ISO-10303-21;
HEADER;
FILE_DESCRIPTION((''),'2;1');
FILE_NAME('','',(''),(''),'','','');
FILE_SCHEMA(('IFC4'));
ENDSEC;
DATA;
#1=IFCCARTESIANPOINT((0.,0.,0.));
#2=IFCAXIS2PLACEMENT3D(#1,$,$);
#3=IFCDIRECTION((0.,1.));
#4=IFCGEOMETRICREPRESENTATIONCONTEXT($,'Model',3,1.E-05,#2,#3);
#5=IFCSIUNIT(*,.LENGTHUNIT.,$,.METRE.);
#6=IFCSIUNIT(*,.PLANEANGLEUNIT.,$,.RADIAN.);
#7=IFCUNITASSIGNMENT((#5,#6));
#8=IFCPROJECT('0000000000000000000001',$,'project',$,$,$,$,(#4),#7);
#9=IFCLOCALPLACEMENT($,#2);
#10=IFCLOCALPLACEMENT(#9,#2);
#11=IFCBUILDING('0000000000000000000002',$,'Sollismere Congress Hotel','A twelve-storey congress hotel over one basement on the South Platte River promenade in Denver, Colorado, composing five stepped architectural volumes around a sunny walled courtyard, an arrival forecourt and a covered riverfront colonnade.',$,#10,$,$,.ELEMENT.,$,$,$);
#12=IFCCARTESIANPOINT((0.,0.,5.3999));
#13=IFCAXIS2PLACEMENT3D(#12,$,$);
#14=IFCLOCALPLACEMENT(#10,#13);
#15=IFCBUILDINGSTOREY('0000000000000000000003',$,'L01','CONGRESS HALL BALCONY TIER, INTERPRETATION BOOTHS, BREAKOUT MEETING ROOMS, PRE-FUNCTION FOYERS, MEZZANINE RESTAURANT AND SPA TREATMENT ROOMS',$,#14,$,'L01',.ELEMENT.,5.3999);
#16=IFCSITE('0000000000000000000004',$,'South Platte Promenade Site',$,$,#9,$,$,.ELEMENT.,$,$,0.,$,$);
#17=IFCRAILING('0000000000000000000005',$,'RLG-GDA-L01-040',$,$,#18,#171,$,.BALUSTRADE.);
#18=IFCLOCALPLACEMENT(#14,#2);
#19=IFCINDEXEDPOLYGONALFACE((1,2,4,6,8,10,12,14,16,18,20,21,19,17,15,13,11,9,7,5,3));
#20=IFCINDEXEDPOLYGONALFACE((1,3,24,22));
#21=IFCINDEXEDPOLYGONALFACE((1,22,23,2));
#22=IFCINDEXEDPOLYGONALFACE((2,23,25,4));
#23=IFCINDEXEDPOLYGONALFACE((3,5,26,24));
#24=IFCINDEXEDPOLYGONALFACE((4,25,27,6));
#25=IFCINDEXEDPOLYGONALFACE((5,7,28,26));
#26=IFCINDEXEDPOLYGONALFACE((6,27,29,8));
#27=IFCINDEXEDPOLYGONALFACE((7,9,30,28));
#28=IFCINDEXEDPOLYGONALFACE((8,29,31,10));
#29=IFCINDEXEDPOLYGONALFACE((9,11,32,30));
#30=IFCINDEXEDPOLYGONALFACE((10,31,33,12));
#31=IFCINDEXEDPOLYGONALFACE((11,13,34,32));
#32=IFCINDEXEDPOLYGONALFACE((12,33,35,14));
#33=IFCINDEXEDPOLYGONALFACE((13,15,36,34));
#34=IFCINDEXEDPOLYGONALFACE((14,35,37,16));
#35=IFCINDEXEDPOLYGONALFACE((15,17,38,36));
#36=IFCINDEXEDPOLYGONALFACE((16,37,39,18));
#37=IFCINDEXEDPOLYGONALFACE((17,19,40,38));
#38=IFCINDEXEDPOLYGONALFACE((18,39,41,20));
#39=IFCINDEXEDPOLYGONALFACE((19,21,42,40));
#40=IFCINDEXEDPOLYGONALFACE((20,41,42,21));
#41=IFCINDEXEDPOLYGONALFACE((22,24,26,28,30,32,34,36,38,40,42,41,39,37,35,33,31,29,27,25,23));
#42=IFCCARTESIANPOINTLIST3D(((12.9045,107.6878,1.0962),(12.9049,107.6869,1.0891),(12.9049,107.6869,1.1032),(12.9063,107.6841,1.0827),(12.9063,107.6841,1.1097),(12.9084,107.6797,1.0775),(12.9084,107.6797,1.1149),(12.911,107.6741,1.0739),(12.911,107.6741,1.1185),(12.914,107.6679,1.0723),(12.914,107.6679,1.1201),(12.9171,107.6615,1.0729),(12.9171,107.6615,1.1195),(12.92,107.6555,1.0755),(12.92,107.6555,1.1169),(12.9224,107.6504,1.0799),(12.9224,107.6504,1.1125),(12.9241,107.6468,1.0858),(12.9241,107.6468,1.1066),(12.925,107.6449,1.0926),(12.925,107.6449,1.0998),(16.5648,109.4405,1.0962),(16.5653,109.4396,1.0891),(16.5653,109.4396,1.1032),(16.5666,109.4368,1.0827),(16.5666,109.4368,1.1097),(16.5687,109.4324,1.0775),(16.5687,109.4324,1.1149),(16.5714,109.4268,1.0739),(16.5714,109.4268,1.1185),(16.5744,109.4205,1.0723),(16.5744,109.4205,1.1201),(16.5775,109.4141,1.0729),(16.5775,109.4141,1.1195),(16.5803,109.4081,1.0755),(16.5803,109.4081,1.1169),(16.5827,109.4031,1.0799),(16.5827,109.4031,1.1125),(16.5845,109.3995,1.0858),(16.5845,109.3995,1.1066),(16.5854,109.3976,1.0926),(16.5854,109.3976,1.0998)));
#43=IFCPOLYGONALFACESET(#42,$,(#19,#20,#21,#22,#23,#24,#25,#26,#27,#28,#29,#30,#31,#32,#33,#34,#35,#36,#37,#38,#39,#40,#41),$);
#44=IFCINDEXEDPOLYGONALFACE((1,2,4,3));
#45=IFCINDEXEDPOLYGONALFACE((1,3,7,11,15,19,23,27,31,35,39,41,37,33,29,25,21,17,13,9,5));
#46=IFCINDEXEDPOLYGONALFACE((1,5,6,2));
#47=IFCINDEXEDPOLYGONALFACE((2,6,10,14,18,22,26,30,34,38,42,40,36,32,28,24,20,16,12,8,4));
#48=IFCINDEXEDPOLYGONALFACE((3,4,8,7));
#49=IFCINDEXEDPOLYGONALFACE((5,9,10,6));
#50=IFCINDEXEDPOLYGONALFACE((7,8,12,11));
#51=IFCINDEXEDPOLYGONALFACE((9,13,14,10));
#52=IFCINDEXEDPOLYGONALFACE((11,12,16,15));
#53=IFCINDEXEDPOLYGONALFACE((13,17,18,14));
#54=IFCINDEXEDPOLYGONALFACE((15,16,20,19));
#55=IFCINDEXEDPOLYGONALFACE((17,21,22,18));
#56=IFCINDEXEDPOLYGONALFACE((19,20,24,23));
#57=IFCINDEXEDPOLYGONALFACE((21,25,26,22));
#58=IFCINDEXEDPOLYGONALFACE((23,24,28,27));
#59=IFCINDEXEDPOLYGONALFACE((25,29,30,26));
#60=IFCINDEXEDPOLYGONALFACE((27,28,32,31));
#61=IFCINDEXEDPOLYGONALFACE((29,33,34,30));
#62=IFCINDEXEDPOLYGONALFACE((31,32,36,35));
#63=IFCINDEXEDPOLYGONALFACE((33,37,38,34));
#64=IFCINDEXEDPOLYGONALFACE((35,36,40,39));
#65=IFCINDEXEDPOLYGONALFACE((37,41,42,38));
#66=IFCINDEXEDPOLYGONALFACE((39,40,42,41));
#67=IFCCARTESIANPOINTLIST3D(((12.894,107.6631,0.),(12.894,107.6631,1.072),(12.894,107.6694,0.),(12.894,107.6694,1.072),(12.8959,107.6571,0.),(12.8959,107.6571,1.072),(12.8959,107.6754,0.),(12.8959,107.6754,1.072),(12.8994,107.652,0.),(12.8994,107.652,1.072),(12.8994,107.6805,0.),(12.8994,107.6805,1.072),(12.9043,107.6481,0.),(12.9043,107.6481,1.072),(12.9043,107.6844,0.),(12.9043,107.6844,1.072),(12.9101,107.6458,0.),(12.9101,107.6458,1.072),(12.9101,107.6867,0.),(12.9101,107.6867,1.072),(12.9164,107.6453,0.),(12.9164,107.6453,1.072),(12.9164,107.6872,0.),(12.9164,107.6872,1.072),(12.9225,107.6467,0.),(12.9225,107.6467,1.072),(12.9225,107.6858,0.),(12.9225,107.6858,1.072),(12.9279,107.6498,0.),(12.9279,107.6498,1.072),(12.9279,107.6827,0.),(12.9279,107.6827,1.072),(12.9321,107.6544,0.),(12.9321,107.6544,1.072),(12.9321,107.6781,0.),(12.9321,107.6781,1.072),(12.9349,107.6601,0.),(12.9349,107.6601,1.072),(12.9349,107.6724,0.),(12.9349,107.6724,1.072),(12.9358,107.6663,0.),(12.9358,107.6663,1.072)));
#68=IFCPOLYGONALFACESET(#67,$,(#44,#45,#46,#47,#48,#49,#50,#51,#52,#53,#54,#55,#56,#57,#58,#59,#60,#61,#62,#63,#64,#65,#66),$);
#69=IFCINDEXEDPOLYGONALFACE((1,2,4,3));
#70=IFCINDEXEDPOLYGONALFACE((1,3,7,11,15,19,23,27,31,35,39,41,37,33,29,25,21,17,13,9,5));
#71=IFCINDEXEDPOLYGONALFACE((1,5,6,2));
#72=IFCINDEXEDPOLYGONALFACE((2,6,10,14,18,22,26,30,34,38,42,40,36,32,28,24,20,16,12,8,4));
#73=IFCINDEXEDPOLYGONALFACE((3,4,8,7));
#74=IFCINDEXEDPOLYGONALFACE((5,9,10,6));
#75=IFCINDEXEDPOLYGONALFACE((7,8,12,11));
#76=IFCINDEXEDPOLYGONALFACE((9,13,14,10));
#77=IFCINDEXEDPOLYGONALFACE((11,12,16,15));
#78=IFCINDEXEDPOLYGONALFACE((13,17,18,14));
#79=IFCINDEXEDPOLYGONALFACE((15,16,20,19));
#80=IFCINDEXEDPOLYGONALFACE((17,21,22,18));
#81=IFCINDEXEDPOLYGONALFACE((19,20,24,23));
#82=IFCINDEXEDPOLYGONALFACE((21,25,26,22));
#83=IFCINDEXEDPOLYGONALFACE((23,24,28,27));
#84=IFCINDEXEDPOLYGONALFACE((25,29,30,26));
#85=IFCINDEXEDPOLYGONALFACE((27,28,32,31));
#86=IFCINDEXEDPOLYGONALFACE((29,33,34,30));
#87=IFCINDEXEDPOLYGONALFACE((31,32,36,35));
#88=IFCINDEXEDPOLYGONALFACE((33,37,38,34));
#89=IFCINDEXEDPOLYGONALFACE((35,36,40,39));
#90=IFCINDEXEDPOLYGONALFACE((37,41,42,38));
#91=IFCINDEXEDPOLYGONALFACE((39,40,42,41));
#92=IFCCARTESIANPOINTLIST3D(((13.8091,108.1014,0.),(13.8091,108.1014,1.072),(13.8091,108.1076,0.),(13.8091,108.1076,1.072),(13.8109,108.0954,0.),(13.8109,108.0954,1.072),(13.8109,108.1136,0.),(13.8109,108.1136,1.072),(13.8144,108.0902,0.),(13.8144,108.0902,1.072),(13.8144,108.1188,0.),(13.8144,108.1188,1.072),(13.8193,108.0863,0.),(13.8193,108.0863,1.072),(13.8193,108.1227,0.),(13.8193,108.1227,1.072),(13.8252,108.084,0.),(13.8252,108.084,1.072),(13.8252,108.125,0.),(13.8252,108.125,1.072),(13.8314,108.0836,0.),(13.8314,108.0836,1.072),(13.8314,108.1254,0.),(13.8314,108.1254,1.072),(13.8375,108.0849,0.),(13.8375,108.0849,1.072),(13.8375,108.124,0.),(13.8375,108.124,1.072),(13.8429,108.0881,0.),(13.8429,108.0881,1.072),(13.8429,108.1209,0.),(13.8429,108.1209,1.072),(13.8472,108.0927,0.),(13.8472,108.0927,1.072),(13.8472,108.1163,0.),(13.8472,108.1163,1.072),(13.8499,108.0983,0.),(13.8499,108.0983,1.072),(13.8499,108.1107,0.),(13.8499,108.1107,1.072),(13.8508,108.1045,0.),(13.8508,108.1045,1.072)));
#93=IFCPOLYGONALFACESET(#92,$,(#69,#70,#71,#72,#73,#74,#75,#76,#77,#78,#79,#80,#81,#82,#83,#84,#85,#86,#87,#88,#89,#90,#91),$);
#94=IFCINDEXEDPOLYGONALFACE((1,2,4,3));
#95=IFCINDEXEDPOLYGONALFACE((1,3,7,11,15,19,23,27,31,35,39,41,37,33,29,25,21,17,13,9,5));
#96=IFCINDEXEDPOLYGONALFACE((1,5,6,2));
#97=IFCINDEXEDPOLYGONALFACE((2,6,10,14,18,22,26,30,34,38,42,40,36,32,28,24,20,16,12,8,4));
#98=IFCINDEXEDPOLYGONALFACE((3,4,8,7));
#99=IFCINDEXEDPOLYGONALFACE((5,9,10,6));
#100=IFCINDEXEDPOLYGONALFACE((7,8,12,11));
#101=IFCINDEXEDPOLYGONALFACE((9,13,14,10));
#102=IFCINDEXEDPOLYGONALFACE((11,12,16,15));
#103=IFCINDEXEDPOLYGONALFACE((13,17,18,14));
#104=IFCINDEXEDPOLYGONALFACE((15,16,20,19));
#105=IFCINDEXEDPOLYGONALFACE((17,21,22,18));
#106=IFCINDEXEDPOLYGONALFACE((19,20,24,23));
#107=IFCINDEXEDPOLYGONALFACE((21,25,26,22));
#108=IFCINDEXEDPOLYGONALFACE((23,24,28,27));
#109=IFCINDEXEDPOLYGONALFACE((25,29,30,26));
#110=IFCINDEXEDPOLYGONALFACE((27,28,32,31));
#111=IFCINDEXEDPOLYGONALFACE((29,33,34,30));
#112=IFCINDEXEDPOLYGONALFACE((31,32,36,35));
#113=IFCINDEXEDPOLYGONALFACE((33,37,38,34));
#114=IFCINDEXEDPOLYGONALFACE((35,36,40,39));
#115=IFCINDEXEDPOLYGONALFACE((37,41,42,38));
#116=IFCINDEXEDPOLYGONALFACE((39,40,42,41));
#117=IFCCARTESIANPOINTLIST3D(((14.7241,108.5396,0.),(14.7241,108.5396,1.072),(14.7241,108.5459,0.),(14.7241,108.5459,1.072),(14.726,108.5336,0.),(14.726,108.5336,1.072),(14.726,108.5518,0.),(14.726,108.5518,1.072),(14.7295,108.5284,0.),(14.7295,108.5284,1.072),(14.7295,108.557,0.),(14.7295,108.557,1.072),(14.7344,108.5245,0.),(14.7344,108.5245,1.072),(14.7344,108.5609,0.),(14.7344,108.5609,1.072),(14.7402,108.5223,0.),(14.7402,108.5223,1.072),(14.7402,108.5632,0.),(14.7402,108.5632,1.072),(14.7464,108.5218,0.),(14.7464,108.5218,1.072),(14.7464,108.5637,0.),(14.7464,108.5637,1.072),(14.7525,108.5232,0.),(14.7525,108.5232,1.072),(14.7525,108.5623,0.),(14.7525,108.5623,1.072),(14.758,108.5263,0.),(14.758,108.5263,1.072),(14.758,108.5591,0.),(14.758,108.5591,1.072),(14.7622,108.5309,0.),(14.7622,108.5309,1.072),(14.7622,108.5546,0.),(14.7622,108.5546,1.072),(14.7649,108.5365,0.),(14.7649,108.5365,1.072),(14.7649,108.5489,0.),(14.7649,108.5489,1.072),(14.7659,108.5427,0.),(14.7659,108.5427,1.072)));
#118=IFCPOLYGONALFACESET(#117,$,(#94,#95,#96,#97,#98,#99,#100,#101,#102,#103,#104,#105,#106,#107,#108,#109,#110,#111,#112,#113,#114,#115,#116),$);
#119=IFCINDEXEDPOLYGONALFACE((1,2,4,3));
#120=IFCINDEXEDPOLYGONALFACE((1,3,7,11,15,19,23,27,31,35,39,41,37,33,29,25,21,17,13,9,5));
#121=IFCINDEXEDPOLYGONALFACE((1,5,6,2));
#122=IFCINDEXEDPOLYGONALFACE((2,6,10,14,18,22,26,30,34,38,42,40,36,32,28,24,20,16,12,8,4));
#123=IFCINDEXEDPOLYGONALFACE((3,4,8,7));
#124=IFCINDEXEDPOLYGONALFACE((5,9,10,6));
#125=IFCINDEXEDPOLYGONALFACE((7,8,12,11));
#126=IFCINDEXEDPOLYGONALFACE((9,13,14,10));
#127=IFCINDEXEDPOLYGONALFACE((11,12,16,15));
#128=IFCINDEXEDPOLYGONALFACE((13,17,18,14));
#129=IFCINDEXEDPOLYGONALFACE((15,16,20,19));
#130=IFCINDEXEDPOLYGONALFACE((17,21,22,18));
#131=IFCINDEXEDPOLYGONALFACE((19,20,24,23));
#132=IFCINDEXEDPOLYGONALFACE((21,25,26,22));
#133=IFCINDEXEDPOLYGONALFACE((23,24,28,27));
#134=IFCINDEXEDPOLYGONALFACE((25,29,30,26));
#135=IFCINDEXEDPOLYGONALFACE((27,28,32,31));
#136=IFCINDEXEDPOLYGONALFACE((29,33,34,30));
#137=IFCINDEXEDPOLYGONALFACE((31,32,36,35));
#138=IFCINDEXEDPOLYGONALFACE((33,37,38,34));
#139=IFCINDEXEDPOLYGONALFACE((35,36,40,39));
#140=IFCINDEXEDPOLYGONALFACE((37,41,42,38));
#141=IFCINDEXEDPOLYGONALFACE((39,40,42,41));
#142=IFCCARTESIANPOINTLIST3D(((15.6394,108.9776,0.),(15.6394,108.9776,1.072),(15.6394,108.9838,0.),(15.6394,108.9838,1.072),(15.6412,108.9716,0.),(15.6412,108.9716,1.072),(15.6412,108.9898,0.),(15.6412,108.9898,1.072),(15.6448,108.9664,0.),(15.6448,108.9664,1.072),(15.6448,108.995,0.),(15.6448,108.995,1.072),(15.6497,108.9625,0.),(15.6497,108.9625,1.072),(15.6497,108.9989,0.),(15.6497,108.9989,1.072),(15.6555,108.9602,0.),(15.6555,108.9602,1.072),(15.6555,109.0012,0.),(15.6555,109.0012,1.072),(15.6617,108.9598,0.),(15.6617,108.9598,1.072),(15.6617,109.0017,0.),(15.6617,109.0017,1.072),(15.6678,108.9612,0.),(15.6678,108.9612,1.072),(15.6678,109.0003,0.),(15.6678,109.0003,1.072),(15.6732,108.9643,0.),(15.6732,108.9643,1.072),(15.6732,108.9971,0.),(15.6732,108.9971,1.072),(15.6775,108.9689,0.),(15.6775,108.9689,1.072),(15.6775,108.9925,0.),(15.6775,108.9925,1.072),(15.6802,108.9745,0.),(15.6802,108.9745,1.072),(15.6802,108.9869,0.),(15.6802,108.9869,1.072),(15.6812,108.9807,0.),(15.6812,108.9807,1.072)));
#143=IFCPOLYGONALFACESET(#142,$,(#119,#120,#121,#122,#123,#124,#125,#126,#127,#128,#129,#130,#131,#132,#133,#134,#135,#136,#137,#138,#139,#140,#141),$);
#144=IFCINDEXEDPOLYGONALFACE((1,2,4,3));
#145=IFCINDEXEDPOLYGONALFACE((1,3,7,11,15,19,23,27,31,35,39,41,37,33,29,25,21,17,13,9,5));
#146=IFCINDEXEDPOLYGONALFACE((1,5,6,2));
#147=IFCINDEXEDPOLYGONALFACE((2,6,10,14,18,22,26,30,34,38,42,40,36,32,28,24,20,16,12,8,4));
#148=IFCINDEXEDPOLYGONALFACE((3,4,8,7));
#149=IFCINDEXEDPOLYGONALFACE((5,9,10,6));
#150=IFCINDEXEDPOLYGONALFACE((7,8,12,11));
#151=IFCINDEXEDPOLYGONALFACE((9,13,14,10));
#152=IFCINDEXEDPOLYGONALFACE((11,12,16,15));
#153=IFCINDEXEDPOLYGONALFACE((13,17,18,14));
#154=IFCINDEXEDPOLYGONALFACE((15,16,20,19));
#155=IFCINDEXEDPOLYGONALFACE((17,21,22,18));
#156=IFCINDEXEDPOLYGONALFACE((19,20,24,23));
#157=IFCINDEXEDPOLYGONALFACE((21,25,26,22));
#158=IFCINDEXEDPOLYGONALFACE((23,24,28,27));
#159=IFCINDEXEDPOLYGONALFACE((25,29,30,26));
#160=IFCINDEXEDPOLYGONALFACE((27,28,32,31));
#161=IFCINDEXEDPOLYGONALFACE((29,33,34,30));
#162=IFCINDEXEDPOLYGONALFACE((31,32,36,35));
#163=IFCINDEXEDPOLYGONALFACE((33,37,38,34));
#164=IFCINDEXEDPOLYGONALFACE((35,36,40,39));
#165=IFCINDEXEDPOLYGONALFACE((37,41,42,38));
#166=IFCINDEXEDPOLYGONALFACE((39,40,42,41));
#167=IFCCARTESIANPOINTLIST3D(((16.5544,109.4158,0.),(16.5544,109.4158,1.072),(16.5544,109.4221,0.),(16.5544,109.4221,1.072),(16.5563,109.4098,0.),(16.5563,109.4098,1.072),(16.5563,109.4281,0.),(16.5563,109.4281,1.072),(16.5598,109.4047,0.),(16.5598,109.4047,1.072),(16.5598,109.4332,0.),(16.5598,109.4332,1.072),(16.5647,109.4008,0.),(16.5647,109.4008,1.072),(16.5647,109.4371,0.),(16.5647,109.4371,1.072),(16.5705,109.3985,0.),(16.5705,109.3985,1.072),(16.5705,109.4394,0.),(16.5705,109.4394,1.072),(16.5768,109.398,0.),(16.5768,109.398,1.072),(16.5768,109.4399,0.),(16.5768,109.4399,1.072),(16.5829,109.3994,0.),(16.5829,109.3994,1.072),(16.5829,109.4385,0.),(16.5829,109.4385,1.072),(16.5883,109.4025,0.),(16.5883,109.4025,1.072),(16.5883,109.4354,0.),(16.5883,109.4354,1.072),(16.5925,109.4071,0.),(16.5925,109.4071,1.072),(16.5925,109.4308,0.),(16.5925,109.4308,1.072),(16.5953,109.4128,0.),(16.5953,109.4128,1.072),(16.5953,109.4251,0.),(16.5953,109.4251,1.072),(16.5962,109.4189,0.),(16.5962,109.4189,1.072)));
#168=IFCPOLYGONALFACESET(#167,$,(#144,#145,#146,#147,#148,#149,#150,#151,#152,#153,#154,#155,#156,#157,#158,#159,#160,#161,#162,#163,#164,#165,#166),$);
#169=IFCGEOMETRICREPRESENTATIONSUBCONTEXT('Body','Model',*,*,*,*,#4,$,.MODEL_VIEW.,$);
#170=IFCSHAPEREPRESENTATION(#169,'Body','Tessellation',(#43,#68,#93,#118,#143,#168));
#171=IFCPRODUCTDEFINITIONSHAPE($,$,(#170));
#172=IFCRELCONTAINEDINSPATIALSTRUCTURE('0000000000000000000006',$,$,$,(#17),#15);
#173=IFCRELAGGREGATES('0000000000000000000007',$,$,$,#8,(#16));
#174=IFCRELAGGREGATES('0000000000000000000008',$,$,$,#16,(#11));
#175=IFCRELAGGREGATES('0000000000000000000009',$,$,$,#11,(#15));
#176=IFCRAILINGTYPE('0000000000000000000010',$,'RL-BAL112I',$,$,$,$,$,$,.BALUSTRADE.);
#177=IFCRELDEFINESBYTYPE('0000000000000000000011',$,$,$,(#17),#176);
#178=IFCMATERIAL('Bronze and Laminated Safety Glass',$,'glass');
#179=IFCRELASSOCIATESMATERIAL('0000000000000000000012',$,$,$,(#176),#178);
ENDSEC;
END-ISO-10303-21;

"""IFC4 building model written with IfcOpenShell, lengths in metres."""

from ifc_helpers import new_model, si_unit, direction, frame, origin, origin_2d, place, context, subcontext, project, spatial, circle, extrude, material, type_object, element, save


model = new_model("IFC4")

# Units and contexts
model_context = context("Model", 3, precision=1e-05, world=origin(), true_north=direction((0.0, 1.0)))
body_context = subcontext(model_context, "Body", "Model", "MODEL_VIEW")
ifc_project = project(units=[si_unit("LENGTHUNIT", "METRE"), si_unit("PLANEANGLEUNIT", "RADIAN")], contexts=[model_context])

# Site, building, storey
site_placement = place(None, origin())
site = spatial("IfcSite", under=ifc_project, at=site_placement, Name="South Platte Promenade Site", CompositionType="ELEMENT", RefElevation=0.0)
building_placement = place(site_placement, origin())
building = spatial("IfcBuilding", under=site, at=building_placement, Name="Sollismere Congress Hotel", Description="A twelve-storey congress hotel over one basement on the South Platte River promenade in Denver, Colorado, composing five stepped architectural volumes around a sunny walled courtyard, an arrival forecourt and a covered riverfront colonnade.", CompositionType="ELEMENT")
storey_placement = place(building_placement, frame((0.0, 0.0, 5.3999)))
storey = spatial("IfcBuildingStorey", under=building, at=storey_placement, Name="L01", Description="CONGRESS HALL BALCONY TIER, INTERPRETATION BOOTHS, BREAKOUT MEETING ROOMS, PRE-FUNCTION FOYERS, MEZZANINE RESTAURANT AND SPA TREATMENT ROOMS", LongName="L01", CompositionType="ELEMENT", Elevation=5.3999)

# Railing
ifc_material_1 = material(Name="Bronze and Laminated Safety Glass", Category="glass")
railing_type = type_object("IfcRailingType", Name="RL-BAL112I", PredefinedType="BALUSTRADE", material=ifc_material_1)
railing_1_placement = place(storey_placement, frame((12.9148, 107.6663, 0.0)))
element("IfcRailing", 1, at=railing_1_placement, inside=storey, type_object=railing_type, Name="RLG-GDA-L01-040", PredefinedType="BALUSTRADE", context=body_context, shape_type="SweptSolid", body=[
    extrude(circle(Radius=0.0239, at=origin_2d()), frame((0.0, 0.0, 1.0962), z_axis=(0.901937, 0.431868, 0.0), x_axis=(-0.431868, 0.901937, 0.0)), (0.0, 0.0, 1.0), 4.0583),
    extrude(circle(Radius=0.021, at=origin_2d()), origin(), (0.0, 0.0, 1.0), 1.072),
    extrude(circle(Radius=0.021, at=origin_2d()), frame((0.915, 0.4382, 0.0)), (0.0, 0.0, 1.0), 1.072),
    extrude(circle(Radius=0.021, at=origin_2d()), frame((1.8301, 0.8765, 0.0)), (0.0, 0.0, 1.0), 1.072),
    extrude(circle(Radius=0.021, at=origin_2d()), frame((2.7454, 1.3145, 0.0)), (0.0, 0.0, 1.0), 1.072),
    extrude(circle(Radius=0.021, at=origin_2d()), frame((3.6604, 1.7527, 0.0)), (0.0, 0.0, 1.0), 1.072),
])

save(model, "model.ifc")
